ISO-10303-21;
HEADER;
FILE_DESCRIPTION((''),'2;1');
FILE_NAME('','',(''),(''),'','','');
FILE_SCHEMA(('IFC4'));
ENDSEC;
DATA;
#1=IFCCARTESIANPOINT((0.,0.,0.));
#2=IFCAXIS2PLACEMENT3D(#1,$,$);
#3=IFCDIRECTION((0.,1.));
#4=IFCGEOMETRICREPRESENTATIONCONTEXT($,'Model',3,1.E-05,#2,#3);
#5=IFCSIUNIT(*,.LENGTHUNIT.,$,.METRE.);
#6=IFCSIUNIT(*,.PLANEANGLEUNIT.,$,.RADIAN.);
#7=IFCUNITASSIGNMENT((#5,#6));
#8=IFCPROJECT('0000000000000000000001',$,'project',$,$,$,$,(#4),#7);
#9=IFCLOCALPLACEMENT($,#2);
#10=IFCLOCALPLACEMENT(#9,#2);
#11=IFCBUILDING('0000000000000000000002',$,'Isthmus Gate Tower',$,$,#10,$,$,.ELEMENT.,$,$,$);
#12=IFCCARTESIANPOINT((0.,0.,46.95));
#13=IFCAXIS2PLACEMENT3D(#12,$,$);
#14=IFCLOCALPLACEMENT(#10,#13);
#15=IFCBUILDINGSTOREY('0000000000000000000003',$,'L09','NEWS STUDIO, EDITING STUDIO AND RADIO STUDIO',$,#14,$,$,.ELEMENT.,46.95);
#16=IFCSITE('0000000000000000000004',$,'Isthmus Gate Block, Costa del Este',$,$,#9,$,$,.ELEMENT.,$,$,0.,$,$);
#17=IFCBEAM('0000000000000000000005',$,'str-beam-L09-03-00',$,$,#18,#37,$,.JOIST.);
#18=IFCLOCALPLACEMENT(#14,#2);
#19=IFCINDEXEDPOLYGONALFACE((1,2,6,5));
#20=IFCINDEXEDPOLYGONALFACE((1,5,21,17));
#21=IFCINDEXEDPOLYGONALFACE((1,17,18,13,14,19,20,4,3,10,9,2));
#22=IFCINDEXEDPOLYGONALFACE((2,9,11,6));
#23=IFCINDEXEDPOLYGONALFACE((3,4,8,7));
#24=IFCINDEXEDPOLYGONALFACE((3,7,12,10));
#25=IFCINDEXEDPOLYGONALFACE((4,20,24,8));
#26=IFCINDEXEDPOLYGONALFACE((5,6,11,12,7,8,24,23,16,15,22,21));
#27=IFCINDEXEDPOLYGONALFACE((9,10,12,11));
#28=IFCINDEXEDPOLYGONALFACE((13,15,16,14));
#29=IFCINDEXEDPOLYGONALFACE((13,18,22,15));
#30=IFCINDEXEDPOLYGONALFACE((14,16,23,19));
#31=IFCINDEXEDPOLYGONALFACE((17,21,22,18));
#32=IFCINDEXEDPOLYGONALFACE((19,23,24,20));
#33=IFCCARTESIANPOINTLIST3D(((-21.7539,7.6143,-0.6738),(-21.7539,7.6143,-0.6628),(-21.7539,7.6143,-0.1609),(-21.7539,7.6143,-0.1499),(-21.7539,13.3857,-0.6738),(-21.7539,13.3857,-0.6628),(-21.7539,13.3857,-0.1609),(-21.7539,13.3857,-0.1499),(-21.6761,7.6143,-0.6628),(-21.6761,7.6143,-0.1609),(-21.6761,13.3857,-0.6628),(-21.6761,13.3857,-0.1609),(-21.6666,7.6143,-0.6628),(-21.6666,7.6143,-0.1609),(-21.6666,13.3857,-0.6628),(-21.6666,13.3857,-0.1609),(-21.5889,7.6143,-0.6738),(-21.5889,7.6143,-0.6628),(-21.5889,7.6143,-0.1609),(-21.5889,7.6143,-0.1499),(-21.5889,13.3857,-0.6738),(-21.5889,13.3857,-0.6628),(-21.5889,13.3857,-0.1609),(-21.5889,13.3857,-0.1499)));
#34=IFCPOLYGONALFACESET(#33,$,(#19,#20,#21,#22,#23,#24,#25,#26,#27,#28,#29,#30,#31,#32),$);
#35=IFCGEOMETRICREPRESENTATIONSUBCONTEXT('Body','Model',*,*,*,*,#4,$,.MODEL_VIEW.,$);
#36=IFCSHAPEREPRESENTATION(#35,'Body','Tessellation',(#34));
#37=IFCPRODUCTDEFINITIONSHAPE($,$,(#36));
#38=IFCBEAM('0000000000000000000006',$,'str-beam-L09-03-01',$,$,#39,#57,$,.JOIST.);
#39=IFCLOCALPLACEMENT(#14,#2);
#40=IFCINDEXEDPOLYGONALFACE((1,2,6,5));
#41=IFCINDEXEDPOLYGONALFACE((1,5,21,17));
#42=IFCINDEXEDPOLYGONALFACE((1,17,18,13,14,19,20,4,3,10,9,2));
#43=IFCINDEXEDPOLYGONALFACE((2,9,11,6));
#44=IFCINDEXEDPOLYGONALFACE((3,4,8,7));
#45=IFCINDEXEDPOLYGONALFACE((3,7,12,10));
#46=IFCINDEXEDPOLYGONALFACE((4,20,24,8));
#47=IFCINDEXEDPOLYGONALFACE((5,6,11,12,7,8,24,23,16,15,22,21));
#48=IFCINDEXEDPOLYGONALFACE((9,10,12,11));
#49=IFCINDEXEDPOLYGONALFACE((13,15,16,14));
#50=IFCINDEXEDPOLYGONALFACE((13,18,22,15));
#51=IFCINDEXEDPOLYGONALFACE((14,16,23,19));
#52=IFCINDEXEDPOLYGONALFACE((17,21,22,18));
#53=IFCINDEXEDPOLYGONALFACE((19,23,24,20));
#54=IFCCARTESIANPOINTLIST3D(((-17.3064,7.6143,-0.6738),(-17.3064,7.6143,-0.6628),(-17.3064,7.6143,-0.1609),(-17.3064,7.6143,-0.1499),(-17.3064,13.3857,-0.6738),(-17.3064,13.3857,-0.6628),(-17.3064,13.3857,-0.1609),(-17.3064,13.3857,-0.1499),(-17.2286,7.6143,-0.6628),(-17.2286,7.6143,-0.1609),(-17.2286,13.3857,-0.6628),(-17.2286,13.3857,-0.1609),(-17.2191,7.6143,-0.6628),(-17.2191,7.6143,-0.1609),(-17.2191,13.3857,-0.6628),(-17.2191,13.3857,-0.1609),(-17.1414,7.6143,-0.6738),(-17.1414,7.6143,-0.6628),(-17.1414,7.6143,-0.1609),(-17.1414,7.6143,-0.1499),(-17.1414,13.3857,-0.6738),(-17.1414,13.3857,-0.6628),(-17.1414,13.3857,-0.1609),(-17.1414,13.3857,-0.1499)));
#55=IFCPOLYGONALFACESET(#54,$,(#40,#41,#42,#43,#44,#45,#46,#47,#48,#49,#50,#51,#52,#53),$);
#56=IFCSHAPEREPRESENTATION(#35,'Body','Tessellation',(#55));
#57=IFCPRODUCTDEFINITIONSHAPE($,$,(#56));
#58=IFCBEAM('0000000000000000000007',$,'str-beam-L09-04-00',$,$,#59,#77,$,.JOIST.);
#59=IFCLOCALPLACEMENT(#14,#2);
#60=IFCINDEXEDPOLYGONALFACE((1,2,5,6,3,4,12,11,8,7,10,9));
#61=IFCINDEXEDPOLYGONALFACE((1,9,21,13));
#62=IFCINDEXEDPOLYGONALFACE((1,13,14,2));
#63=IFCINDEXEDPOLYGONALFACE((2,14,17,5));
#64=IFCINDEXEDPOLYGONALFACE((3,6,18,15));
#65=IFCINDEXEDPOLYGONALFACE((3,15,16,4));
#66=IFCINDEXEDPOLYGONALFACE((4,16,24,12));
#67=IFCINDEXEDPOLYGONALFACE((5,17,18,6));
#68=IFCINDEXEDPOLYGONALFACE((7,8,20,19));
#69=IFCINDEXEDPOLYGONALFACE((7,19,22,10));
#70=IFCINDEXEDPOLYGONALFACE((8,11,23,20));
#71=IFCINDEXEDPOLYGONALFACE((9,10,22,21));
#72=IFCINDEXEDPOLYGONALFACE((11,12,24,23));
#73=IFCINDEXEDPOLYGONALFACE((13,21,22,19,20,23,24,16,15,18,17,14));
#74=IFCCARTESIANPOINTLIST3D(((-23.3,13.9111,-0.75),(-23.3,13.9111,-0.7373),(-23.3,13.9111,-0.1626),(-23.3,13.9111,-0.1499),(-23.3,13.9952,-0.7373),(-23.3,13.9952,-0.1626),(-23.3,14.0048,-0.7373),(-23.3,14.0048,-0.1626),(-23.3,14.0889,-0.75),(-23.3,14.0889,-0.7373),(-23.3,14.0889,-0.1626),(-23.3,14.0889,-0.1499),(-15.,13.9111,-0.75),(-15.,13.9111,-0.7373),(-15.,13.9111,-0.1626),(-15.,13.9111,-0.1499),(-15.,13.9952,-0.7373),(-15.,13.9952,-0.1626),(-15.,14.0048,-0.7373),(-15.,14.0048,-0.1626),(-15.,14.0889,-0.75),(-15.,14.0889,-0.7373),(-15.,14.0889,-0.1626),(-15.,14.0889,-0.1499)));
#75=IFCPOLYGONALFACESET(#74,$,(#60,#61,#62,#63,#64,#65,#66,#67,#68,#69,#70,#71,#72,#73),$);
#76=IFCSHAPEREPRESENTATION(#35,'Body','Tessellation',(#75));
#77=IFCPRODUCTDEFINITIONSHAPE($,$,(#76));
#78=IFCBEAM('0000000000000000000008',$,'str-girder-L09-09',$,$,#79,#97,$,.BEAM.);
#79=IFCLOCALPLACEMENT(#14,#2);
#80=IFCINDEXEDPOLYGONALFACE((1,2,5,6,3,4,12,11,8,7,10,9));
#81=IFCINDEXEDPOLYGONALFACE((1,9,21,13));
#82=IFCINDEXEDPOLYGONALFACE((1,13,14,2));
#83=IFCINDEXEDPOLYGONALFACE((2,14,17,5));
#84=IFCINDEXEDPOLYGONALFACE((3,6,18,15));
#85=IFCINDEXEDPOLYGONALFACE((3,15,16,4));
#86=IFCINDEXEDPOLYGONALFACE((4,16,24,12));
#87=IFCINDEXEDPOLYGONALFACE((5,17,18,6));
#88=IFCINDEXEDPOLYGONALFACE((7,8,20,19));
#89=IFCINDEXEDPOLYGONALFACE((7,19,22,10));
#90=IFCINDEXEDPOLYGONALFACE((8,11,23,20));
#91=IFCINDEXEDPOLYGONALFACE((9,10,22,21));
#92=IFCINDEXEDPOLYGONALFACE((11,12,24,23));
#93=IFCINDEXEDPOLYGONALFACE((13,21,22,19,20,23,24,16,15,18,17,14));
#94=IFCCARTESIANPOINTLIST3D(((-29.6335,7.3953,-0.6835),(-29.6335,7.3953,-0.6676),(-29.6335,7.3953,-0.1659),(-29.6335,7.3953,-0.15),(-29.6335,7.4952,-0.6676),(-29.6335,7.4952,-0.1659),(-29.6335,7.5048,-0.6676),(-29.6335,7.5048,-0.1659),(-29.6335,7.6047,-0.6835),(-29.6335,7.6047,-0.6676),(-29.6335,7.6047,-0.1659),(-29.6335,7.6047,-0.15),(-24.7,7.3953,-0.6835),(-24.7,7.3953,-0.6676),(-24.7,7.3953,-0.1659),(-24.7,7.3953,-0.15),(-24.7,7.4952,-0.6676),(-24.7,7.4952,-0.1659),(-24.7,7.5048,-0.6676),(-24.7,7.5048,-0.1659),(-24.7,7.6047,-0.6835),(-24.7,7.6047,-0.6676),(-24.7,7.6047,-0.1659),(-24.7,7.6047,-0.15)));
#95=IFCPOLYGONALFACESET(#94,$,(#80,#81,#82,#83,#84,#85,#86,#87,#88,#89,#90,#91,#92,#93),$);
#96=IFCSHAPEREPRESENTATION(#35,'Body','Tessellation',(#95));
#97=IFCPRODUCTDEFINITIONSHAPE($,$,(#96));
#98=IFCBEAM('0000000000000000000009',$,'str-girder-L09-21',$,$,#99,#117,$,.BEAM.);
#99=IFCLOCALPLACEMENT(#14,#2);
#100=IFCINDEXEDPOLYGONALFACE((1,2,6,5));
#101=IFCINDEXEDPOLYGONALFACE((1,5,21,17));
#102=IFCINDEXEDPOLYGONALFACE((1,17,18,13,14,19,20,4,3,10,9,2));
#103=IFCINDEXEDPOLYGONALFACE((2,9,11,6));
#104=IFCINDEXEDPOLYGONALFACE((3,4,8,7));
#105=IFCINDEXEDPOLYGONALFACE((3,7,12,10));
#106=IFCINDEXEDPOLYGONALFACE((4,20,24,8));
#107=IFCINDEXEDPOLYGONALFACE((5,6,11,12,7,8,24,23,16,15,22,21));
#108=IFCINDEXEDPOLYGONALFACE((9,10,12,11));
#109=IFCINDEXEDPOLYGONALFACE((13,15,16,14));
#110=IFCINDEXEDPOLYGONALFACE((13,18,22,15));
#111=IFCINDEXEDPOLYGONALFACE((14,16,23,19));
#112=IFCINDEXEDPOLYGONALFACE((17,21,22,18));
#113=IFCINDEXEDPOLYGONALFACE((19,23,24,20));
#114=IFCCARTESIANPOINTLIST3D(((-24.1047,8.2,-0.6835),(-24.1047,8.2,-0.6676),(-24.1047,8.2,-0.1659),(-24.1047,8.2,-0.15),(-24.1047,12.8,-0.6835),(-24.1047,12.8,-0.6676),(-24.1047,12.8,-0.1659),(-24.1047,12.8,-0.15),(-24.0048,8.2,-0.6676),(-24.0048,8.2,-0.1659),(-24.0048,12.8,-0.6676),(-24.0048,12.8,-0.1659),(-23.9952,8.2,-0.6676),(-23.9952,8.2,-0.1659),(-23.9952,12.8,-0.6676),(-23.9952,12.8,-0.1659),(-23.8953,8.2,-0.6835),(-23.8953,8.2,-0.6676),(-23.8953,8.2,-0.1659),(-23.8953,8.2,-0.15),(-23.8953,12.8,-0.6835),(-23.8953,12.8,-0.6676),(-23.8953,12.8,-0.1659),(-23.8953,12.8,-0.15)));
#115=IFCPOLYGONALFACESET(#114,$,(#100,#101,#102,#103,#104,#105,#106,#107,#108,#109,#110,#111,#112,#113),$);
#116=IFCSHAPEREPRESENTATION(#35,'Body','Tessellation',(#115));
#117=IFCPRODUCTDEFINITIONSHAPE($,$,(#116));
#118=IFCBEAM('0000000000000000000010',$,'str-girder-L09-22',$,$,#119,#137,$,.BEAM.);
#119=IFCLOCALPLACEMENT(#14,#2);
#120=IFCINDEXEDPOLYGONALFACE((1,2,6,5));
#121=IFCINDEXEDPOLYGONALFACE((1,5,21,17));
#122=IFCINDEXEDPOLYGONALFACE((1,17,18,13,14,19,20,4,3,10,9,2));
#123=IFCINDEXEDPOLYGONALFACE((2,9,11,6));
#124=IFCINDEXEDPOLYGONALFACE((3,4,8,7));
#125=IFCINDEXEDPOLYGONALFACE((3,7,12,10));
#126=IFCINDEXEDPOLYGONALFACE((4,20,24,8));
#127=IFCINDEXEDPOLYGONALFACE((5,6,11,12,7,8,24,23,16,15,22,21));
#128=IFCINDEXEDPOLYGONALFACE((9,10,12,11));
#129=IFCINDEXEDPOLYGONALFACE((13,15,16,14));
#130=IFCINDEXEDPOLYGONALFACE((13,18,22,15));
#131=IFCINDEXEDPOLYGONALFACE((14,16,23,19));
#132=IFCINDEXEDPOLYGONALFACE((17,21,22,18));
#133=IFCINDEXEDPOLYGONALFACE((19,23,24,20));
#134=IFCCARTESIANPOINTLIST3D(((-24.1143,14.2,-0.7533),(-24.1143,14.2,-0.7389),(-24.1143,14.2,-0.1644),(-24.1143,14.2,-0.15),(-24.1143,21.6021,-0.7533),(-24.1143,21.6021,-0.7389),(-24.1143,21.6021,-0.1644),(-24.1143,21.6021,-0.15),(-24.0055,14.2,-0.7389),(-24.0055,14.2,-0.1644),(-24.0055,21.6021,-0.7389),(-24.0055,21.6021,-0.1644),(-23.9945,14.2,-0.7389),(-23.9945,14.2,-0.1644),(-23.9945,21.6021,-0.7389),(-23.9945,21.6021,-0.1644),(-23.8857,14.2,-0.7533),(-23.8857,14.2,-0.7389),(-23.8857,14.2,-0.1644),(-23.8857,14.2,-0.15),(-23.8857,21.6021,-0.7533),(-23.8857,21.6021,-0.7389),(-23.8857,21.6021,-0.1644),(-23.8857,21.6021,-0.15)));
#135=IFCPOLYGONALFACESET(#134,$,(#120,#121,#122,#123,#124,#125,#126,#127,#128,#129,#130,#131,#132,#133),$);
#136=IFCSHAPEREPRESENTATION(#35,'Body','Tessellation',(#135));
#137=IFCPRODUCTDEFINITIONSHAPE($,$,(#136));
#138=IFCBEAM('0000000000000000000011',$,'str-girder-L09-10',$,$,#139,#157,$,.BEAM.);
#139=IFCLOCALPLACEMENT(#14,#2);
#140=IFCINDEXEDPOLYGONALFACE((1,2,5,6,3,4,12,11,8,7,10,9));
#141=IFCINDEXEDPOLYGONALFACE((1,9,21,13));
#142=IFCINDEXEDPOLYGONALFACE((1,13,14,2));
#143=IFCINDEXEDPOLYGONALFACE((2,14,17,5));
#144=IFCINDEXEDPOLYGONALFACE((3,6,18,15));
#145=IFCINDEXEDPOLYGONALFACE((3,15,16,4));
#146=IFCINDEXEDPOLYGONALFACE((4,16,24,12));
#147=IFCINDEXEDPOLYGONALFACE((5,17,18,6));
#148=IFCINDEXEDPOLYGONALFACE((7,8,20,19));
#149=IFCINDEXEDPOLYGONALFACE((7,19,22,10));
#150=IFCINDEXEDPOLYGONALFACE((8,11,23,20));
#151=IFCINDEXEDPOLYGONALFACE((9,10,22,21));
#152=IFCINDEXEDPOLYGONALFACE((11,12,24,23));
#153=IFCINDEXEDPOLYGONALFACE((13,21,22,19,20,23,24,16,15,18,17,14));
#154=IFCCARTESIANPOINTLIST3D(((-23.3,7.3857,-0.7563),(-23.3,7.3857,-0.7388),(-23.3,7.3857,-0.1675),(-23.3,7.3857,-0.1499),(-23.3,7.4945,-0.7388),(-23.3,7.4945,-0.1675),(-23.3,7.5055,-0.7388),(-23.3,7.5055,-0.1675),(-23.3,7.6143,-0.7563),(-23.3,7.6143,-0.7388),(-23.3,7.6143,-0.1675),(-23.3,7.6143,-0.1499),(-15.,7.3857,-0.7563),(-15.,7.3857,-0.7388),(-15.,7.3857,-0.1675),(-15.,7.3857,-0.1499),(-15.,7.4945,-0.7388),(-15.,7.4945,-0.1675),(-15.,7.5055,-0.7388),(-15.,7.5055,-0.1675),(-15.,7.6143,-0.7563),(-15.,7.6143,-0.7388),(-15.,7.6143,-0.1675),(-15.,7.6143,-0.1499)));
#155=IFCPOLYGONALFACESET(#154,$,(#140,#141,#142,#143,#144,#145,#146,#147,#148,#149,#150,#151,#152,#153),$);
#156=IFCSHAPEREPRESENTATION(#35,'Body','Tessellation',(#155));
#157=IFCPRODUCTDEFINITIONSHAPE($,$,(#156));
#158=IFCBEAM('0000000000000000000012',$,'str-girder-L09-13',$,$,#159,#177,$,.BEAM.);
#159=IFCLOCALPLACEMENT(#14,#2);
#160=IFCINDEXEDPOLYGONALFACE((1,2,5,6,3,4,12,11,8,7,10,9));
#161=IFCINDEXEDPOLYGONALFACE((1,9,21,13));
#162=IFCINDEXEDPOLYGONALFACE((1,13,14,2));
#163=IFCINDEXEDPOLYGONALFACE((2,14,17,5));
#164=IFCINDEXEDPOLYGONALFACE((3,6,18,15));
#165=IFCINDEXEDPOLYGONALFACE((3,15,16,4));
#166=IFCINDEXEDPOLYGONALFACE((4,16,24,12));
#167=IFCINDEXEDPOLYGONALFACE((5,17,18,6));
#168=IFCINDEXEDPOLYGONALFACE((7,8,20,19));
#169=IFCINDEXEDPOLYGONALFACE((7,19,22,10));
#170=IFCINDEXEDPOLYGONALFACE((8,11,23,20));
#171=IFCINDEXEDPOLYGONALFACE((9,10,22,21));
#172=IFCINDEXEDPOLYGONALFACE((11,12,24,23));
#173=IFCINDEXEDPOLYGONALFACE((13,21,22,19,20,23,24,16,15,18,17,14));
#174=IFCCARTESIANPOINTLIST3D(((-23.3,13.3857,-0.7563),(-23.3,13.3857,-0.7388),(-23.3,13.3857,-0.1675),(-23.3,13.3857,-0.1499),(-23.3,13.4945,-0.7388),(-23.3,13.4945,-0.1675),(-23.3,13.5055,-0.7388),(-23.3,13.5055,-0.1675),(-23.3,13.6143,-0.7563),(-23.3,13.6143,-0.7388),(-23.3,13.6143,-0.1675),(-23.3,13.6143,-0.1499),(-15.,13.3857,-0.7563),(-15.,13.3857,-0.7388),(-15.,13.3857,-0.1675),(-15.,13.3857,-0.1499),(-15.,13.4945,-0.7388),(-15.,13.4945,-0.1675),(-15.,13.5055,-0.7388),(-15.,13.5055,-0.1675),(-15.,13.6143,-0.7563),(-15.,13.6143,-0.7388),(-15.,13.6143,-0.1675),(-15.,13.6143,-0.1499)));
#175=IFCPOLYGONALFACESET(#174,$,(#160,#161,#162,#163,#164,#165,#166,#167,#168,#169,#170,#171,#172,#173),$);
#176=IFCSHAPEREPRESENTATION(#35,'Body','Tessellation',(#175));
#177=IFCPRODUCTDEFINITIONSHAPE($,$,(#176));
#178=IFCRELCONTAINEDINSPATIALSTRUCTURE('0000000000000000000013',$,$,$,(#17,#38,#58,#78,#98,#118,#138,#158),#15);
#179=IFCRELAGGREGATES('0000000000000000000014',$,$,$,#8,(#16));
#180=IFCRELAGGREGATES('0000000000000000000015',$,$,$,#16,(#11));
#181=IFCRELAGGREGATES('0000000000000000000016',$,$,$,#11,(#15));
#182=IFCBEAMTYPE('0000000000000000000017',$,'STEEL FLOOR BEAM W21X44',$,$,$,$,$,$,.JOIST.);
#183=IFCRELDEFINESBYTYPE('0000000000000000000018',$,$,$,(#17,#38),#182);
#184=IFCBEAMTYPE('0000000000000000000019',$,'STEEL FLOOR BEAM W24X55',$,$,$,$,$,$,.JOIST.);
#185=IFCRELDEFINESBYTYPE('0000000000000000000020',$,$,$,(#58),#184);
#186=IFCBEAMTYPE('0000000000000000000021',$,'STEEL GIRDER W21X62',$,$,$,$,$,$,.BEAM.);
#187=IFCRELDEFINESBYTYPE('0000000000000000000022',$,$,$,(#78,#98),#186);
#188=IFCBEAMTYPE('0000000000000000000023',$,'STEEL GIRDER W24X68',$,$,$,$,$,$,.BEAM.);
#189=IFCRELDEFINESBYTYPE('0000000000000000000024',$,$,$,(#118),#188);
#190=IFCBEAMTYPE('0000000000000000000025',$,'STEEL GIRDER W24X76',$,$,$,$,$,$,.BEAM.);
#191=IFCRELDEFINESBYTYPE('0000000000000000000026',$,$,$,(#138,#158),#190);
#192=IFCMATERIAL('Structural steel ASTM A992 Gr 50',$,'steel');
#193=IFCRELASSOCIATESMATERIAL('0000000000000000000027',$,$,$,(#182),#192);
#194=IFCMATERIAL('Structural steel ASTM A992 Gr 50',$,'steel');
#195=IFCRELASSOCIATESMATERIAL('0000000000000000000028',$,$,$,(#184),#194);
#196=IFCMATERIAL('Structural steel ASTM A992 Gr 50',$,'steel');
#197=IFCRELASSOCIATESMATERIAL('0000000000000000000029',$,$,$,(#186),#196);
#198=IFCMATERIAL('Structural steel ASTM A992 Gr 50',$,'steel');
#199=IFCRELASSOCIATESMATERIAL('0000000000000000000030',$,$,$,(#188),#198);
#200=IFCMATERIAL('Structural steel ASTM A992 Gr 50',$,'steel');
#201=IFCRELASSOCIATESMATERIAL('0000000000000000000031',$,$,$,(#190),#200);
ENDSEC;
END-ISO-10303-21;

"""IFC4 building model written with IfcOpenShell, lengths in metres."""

from ifc_helpers import new_model, si_unit, direction, frame, origin, origin_2d, place, context, subcontext, project, spatial, i_section, extrude, material, material_profile, profile_set, type_object, element, save


model = new_model("IFC4")

# Units and contexts
model_context = context("Model", 3, precision=1e-05, world=origin(), true_north=direction((0.0, 1.0)))
body_context = subcontext(model_context, "Body", "Model", "MODEL_VIEW")
ifc_project = project(units=[si_unit("LENGTHUNIT", "METRE"), si_unit("PLANEANGLEUNIT", "RADIAN")], contexts=[model_context])

# Site, building, storey
site_placement = place(None, origin())
site = spatial("IfcSite", under=ifc_project, at=site_placement, Name="Isthmus Gate Block, Costa del Este", CompositionType="ELEMENT", RefElevation=0.0)
building_placement = place(site_placement, origin())
building = spatial("IfcBuilding", under=site, at=building_placement, Name="Isthmus Gate Tower", CompositionType="ELEMENT")
storey_placement = place(building_placement, frame((0.0, 0.0, 46.95)))
storey = spatial("IfcBuildingStorey", under=building, at=storey_placement, Name="L09", Description="NEWS STUDIO, EDITING STUDIO AND RADIO STUDIO", CompositionType="ELEMENT", Elevation=46.95)

# Beams
ifc_material_1 = material(Name="Structural steel ASTM A992 Gr 50", Category="steel")
ifc_material_profile_1 = material_profile(ifc_material_1, i_section(OverallWidth=0.165, OverallDepth=0.5239, WebThickness=0.0095, FlangeThickness=0.011, at=origin_2d()), Name="W21X44")
ifc_profile_set_1 = profile_set([ifc_material_profile_1], Name="Structural steel ASTM A992 Gr 50")
beam_type_1 = type_object("IfcBeamType", Name="STEEL FLOOR BEAM W21X44", PredefinedType="JOIST", material=ifc_profile_set_1)
for number, where, z_axis, x_axis, name in (
    (1, (-21.6714, 7.6143, -0.4119), (0.0, 1.0, 0.0), (-1.0, 0.0, 0.0), "str-beam-L09-03-00"),
    (2, (-17.2239, 7.6143, -0.4119), (0.0, 1.0, 0.0), (-1.0, 0.0, 0.0), "str-beam-L09-03-01"),
):
    element("IfcBeam", number, at=place(storey_placement, frame(where, z_axis=z_axis, x_axis=x_axis)), inside=storey, type_object=beam_type_1, Name=name, PredefinedType="JOIST", context=body_context, shape_type="SweptSolid", body=[
        extrude(i_section(OverallWidth=0.165, OverallDepth=0.5239, WebThickness=0.0095, FlangeThickness=0.011, at=origin_2d()), origin(), (0.0, 0.0, 1.0), 5.7715),
    ])
ifc_material_2 = material(Name="Structural steel ASTM A992 Gr 50", Category="steel")
ifc_material_profile_2 = material_profile(ifc_material_2, i_section(OverallWidth=0.1777, OverallDepth=0.6001, WebThickness=0.0095, FlangeThickness=0.0127, at=origin_2d()), Name="W24X55")
ifc_profile_set_2 = profile_set([ifc_material_profile_2], Name="Structural steel ASTM A992 Gr 50")
beam_type_2 = type_object("IfcBeamType", Name="STEEL FLOOR BEAM W24X55", PredefinedType="JOIST", material=ifc_profile_set_2)
beam_1_placement = place(storey_placement, frame((-23.3, 14.0, -0.45), z_axis=(1.0, 0.0, 0.0), x_axis=(0.0, 1.0, 0.0)))
element("IfcBeam", 3, at=beam_1_placement, inside=storey, type_object=beam_type_2, Name="str-beam-L09-04-00", PredefinedType="JOIST", context=body_context, shape_type="SweptSolid", body=[
    extrude(i_section(OverallWidth=0.1777, OverallDepth=0.6001, WebThickness=0.0095, FlangeThickness=0.0127, at=origin_2d()), origin(), (0.0, 0.0, 1.0), 8.3),
])
ifc_material_3 = material(Name="Structural steel ASTM A992 Gr 50", Category="steel")
ifc_material_profile_3 = material_profile(ifc_material_3, i_section(OverallWidth=0.2095, OverallDepth=0.5334, WebThickness=0.0095, FlangeThickness=0.0159, at=origin_2d()), Name="W21X62")
ifc_profile_set_3 = profile_set([ifc_material_profile_3], Name="Structural steel ASTM A992 Gr 50")
beam_type_3 = type_object("IfcBeamType", Name="STEEL GIRDER W21X62", PredefinedType="BEAM", material=ifc_profile_set_3)
beam_2_placement = place(storey_placement, frame((-29.6335, 7.5, -0.4167), z_axis=(1.0, 0.0, 0.0), x_axis=(0.0, 1.0, 0.0)))
element("IfcBeam", 4, at=beam_2_placement, inside=storey, type_object=beam_type_3, Name="str-girder-L09-09", PredefinedType="BEAM", context=body_context, shape_type="SweptSolid", body=[
    extrude(i_section(OverallWidth=0.2095, OverallDepth=0.5334, WebThickness=0.0095, FlangeThickness=0.0159, at=origin_2d()), origin(), (0.0, 0.0, 1.0), 4.9336),
])
beam_3_placement = place(storey_placement, frame((-24.0, 8.2, -0.4167), z_axis=(0.0, 1.0, 0.0), x_axis=(-1.0, 0.0, 0.0)))
element("IfcBeam", 5, at=beam_3_placement, inside=storey, type_object=beam_type_3, Name="str-girder-L09-21", PredefinedType="BEAM", context=body_context, shape_type="SweptSolid", body=[
    extrude(i_section(OverallWidth=0.2095, OverallDepth=0.5334, WebThickness=0.0095, FlangeThickness=0.0159, at=origin_2d()), origin(), (0.0, 0.0, 1.0), 4.6001),
])
ifc_material_4 = material(Name="Structural steel ASTM A992 Gr 50", Category="steel")
ifc_material_profile_4 = material_profile(ifc_material_4, i_section(OverallWidth=0.2285, OverallDepth=0.6033, WebThickness=0.011, FlangeThickness=0.0144, at=origin_2d()), Name="W24X68")
ifc_profile_set_4 = profile_set([ifc_material_profile_4], Name="Structural steel ASTM A992 Gr 50")
beam_type_4 = type_object("IfcBeamType", Name="STEEL GIRDER W24X68", PredefinedType="BEAM", material=ifc_profile_set_4)
beam_4_placement = place(storey_placement, frame((-24.0, 14.2, -0.4517), z_axis=(0.0, 1.0, 0.0), x_axis=(-1.0, 0.0, 0.0)))
element("IfcBeam", 6, at=beam_4_placement, inside=storey, type_object=beam_type_4, Name="str-girder-L09-22", PredefinedType="BEAM", context=body_context, shape_type="SweptSolid", body=[
    extrude(i_section(OverallWidth=0.2285, OverallDepth=0.6033, WebThickness=0.011, FlangeThickness=0.0144, at=origin_2d()), origin(), (0.0, 0.0, 1.0), 7.4021),
])
ifc_material_5 = material(Name="Structural steel ASTM A992 Gr 50", Category="steel")
ifc_material_profile_5 = material_profile(ifc_material_5, i_section(OverallWidth=0.2285, OverallDepth=0.6064, WebThickness=0.011, FlangeThickness=0.0176, at=origin_2d()), Name="W24X76")
ifc_profile_set_5 = profile_set([ifc_material_profile_5], Name="Structural steel ASTM A992 Gr 50")
beam_type_5 = type_object("IfcBeamType", Name="STEEL GIRDER W24X76", PredefinedType="BEAM", material=ifc_profile_set_5)
for number, where, z_axis, x_axis, name in (
    (7, (-23.3, 7.5, -0.4531), (1.0, 0.0, 0.0), (0.0, 1.0, 0.0), "str-girder-L09-10"),
    (8, (-23.3, 13.5, -0.4531), (1.0, 0.0, 0.0), (0.0, 1.0, 0.0), "str-girder-L09-13"),
):
    element("IfcBeam", number, at=place(storey_placement, frame(where, z_axis=z_axis, x_axis=x_axis)), inside=storey, type_object=beam_type_5, Name=name, PredefinedType="BEAM", context=body_context, shape_type="SweptSolid", body=[
        extrude(i_section(OverallWidth=0.2285, OverallDepth=0.6064, WebThickness=0.011, FlangeThickness=0.0176, at=origin_2d()), origin(), (0.0, 0.0, 1.0), 8.3),
    ])

save(model, "model.ifc")
